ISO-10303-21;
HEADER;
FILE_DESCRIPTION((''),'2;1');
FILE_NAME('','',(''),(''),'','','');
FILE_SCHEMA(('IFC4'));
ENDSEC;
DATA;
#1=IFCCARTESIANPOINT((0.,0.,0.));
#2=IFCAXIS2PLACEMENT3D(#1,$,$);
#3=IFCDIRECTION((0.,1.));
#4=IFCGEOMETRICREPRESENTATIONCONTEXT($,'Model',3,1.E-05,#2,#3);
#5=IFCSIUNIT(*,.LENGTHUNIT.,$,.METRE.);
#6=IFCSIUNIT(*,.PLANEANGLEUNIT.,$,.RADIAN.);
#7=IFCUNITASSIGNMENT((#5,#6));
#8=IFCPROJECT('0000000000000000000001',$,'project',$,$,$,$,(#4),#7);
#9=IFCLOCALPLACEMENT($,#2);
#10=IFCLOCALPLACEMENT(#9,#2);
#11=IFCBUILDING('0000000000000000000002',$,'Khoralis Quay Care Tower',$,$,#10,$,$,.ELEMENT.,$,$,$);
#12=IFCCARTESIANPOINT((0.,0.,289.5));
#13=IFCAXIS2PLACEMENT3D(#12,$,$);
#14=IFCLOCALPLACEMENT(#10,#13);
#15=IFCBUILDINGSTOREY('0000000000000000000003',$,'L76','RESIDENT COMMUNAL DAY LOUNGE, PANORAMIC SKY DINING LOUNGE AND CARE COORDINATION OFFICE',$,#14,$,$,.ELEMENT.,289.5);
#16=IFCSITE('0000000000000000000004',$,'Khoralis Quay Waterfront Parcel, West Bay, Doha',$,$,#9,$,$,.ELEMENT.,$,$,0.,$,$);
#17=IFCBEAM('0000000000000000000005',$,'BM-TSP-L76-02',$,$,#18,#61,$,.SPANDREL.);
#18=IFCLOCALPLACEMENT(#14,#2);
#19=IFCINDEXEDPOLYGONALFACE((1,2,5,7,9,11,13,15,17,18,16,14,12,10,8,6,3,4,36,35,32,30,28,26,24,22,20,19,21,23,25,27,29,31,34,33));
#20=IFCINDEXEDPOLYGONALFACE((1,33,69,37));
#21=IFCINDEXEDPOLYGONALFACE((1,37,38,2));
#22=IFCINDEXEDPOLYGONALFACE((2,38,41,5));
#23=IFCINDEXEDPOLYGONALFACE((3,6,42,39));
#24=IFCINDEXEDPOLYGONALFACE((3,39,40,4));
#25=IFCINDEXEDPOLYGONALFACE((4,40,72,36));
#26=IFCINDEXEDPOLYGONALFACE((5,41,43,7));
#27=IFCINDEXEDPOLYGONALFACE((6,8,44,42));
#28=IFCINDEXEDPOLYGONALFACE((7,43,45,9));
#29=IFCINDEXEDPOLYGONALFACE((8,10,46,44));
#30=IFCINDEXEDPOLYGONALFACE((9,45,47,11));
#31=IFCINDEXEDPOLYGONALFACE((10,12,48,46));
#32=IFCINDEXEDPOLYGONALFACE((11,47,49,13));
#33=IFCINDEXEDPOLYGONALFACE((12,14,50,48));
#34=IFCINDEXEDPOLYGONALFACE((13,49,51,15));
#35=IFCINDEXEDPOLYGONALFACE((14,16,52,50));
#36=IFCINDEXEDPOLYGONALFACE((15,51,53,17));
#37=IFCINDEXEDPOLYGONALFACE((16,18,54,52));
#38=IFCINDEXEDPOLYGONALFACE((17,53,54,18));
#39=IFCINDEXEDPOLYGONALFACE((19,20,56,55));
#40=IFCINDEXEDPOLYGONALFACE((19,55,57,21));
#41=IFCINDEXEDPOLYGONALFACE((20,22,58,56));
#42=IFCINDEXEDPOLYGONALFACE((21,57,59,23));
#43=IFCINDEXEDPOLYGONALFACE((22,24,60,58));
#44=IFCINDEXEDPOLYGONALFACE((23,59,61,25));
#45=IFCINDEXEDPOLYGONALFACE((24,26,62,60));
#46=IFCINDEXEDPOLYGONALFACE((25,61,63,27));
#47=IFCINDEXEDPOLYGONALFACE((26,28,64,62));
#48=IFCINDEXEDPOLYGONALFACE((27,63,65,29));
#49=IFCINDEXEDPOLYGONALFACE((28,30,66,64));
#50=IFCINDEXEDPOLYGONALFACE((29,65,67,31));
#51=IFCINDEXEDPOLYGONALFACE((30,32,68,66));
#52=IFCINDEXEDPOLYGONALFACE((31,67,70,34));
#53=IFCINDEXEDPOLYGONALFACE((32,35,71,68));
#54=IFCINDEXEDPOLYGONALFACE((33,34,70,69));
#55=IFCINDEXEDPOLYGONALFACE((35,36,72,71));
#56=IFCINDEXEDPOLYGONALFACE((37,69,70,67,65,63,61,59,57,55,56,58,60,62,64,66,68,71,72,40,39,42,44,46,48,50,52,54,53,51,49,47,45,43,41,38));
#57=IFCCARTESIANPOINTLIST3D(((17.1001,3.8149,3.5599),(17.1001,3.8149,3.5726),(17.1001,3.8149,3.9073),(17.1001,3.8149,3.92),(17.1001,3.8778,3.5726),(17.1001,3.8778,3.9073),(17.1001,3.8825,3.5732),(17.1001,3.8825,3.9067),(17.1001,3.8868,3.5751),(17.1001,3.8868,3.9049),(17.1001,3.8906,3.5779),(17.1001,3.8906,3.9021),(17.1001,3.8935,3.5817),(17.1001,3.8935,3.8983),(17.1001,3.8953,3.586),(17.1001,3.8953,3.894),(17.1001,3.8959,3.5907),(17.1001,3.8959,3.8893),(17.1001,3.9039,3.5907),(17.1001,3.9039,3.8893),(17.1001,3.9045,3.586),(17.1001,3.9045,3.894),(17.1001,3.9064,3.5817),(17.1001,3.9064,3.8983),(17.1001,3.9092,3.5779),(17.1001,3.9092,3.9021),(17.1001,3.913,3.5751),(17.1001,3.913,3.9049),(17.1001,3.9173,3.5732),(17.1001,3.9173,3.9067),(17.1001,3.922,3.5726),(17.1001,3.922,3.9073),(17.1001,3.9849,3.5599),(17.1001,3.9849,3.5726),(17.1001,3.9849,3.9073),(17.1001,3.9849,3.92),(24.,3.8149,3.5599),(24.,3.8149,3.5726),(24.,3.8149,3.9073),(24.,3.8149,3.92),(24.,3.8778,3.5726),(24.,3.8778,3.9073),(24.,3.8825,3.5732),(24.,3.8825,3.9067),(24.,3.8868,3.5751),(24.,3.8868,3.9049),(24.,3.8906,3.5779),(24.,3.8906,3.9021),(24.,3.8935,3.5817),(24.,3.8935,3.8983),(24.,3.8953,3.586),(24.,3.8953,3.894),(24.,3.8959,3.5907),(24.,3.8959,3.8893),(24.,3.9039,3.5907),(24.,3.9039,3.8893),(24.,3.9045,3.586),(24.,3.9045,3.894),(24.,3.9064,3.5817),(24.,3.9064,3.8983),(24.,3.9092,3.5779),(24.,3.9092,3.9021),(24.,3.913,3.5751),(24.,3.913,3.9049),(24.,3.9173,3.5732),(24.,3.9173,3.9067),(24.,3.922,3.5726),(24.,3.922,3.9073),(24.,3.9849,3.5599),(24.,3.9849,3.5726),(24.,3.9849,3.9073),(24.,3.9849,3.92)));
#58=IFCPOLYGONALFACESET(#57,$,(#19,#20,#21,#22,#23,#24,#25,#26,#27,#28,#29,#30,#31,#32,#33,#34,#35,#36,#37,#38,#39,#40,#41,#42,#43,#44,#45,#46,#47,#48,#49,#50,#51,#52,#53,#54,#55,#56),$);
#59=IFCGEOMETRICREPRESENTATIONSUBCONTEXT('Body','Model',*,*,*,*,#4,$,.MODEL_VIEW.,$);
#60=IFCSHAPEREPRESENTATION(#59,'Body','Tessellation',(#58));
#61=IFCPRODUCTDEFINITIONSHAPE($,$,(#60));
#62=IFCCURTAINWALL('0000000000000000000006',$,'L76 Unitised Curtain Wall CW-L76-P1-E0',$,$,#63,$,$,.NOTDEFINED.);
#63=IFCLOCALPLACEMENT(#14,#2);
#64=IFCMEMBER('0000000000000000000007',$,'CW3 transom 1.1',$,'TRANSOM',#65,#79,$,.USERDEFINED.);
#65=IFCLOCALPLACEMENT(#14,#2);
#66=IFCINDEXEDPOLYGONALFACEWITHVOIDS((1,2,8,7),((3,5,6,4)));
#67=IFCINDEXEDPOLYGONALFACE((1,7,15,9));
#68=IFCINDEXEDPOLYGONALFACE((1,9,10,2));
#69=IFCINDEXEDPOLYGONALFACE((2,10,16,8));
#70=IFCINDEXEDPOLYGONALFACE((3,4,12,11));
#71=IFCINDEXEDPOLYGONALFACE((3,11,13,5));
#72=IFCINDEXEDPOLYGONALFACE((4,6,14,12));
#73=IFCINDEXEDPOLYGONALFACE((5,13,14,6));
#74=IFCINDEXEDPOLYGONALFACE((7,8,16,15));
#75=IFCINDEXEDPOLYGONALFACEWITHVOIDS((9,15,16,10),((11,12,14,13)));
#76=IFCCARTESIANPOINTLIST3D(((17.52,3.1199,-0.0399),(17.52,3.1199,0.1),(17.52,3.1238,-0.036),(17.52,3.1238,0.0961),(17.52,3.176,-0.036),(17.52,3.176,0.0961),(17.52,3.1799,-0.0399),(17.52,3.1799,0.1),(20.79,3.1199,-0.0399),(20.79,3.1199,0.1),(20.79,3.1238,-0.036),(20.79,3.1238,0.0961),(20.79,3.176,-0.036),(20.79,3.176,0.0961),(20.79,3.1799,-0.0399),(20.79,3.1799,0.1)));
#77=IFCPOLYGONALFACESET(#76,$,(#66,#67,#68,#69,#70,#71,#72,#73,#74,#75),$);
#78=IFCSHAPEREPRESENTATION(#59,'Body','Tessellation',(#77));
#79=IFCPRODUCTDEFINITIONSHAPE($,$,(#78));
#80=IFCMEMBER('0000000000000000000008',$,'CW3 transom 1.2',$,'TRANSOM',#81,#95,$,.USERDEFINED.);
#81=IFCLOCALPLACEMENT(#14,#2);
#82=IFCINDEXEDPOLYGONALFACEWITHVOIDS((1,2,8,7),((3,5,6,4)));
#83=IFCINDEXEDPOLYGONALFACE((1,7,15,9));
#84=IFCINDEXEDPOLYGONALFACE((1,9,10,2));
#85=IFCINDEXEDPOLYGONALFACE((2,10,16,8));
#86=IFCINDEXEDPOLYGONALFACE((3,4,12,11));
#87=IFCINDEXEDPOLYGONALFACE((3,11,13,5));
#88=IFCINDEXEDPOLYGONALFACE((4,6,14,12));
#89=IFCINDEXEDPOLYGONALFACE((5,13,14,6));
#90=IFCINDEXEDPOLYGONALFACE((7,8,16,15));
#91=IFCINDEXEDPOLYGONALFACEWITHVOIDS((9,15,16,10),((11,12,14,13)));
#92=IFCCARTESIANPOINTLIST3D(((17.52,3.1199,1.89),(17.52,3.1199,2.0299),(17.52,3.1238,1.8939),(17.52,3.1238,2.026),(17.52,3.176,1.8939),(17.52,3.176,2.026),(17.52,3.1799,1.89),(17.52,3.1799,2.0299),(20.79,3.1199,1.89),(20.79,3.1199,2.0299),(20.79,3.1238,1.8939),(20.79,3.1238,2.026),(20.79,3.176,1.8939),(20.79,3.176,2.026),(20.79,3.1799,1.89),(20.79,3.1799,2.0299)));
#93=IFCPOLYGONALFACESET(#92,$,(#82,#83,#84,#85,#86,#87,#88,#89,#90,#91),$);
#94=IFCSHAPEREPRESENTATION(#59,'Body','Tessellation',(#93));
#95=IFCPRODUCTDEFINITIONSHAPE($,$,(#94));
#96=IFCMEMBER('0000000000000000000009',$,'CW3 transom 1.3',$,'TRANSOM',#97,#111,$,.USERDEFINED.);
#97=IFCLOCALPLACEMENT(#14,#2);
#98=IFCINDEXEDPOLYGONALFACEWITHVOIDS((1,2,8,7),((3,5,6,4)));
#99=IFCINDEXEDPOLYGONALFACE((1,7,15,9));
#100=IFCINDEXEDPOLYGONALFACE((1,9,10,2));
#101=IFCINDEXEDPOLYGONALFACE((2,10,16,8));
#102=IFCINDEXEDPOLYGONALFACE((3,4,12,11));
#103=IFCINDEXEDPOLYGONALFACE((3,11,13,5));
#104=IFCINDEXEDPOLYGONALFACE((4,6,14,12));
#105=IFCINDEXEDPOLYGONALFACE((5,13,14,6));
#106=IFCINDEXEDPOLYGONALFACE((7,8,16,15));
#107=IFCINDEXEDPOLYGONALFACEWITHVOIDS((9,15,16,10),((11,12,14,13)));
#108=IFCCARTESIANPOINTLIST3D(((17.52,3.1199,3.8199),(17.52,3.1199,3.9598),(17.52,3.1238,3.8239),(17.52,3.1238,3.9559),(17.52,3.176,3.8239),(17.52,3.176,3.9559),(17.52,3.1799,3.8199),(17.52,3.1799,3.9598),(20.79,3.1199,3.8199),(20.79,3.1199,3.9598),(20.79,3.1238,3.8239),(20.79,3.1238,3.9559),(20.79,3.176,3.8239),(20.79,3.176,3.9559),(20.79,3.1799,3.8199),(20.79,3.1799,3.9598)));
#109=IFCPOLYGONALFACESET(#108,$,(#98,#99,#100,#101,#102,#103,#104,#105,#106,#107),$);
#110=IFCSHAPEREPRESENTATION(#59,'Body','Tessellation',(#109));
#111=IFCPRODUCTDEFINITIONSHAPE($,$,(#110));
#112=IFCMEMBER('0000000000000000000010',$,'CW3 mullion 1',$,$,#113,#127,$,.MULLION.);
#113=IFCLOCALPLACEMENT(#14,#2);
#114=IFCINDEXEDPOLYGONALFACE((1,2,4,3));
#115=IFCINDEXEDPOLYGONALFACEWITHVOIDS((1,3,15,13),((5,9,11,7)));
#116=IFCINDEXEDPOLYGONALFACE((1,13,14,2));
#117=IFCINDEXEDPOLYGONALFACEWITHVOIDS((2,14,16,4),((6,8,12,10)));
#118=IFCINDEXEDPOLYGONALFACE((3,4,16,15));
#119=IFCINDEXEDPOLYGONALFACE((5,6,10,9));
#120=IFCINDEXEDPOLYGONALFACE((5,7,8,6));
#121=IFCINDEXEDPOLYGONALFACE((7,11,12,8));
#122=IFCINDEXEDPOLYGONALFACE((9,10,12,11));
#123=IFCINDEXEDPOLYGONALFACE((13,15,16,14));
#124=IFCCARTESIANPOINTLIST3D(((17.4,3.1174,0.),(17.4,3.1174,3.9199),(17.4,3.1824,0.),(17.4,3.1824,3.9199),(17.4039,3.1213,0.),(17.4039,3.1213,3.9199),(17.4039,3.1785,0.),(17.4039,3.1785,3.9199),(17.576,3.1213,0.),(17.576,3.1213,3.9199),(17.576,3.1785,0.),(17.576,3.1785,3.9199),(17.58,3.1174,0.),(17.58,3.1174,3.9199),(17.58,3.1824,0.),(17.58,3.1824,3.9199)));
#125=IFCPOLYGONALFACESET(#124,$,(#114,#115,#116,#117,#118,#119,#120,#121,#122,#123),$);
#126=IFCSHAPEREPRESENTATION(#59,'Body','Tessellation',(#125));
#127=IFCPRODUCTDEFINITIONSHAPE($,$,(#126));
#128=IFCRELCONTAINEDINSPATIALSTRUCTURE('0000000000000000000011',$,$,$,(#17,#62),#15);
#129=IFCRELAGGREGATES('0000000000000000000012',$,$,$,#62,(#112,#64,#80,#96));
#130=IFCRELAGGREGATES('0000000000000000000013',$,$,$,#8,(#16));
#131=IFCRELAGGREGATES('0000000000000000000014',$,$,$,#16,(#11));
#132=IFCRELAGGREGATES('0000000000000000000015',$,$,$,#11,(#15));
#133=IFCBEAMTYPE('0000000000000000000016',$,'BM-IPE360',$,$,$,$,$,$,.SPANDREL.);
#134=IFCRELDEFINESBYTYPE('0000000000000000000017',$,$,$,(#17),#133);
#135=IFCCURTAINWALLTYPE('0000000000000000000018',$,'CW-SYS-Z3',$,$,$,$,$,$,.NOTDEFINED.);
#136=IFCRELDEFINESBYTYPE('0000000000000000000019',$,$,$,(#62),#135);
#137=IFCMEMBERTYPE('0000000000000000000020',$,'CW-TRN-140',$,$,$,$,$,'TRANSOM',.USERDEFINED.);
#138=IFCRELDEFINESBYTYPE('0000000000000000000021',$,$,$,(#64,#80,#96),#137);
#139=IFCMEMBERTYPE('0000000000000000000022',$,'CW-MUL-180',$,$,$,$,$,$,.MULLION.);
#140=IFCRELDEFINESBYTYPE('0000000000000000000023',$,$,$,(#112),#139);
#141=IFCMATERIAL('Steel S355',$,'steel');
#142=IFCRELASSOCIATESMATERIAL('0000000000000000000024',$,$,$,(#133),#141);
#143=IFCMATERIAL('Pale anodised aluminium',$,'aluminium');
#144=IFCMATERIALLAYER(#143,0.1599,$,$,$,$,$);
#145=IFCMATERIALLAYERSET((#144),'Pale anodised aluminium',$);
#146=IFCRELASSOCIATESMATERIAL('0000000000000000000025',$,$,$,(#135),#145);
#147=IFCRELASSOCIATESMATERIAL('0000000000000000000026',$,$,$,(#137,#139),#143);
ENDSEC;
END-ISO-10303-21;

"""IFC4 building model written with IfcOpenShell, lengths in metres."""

from ifc_helpers import new_model, si_unit, direction, frame, origin, origin_2d, place, context, subcontext, project, spatial, hollow_rectangle, i_section, extrude, source, transform, mapped, material, layer, layer_set, material_profile, profile_set, type_object, element, aggregate, save


model = new_model("IFC4")

# Units and contexts
model_context = context("Model", 3, precision=1e-05, world=origin(), true_north=direction((0.0, 1.0)))
body_context = subcontext(model_context, "Body", "Model", "MODEL_VIEW")
ifc_project = project(units=[si_unit("LENGTHUNIT", "METRE"), si_unit("PLANEANGLEUNIT", "RADIAN")], contexts=[model_context])

# Site, building, storey
site_placement = place(None, origin())
site = spatial("IfcSite", under=ifc_project, at=site_placement, Name="Khoralis Quay Waterfront Parcel, West Bay, Doha", CompositionType="ELEMENT", RefElevation=0.0)
building_placement = place(site_placement, origin())
building = spatial("IfcBuilding", under=site, at=building_placement, Name="Khoralis Quay Care Tower", CompositionType="ELEMENT")
storey_placement = place(building_placement, frame((0.0, 0.0, 289.5)))
storey = spatial("IfcBuildingStorey", under=building, at=storey_placement, Name="L76", Description="RESIDENT COMMUNAL DAY LOUNGE, PANORAMIC SKY DINING LOUNGE AND CARE COORDINATION OFFICE", CompositionType="ELEMENT", Elevation=289.5)

# Beam
ifc_material_1 = material(Name="Steel S355", Category="steel")
ifc_material_profile_1 = material_profile(ifc_material_1, i_section(OverallWidth=0.1699, OverallDepth=0.3601, WebThickness=0.0081, FlangeThickness=0.0127, FilletRadius=0.0181, at=origin_2d()), Name="Steel S355")
ifc_profile_set_1 = profile_set([ifc_material_profile_1], Name="Steel S355")
beam_type_1 = type_object("IfcBeamType", Name="BM-IPE360", PredefinedType="SPANDREL", material=ifc_profile_set_1)
shared_shape_1 = source(origin(), body_context, "Body", "SweptSolid", [
    extrude(i_section(OverallWidth=0.1699, OverallDepth=0.3601, WebThickness=0.0081, FlangeThickness=0.0127, FilletRadius=0.0181, at=origin_2d()), origin(), (0.0, 0.0, 1.0), 6.8999),
])
beam_1_placement = place(storey_placement, frame((17.1001, 3.8999, 3.74), z_axis=(1.0, 0.0, 0.0), x_axis=(0.0, 1.0, 0.0)))
element("IfcBeam", 1, at=beam_1_placement, inside=storey, type_object=beam_type_1, Name="BM-TSP-L76-02", PredefinedType="SPANDREL", context=body_context, shape_type="MappedRepresentation", body=[
    mapped(shared_shape_1, transform((0.0, 0.0, 0.0), scale=1.0)),
])

# Curtain wall, members
ifc_material_2 = material(Name="Pale anodised aluminium", Category="aluminium")
ifc_layer_1 = layer(ifc_material_2, 0.1599)
ifc_layer_set_1 = layer_set([ifc_layer_1], Name="Pale anodised aluminium")
curtain_wall_type = type_object("IfcCurtainWallType", Name="CW-SYS-Z3", PredefinedType="NOTDEFINED", material=ifc_layer_set_1)
curtain_wall_placement = place(storey_placement, origin())
curtain_wall = element("IfcCurtainWall", 2, at=curtain_wall_placement, inside=storey, type_object=curtain_wall_type, Name="L76 Unitised Curtain Wall CW-L76-P1-E0", PredefinedType="NOTDEFINED")
ifc_material_profile_2 = material_profile(ifc_material_2, hollow_rectangle(XDim=0.0601, YDim=0.1399, WallThickness=0.0039, at=origin_2d()), Name="Pale anodised aluminium")
ifc_profile_set_2 = profile_set([ifc_material_profile_2], Name="Pale anodised aluminium")
member_type_1 = type_object("IfcMemberType", Name="CW-TRN-140", ElementType="TRANSOM", PredefinedType="USERDEFINED", material=ifc_profile_set_2)
shared_shape_2 = source(origin(), body_context, "Body", "SweptSolid", [
    extrude(hollow_rectangle(XDim=0.0601, YDim=0.1399, WallThickness=0.0039, at=origin_2d()), origin(), (0.0, 0.0, 1.0), 3.27),
])
member_1_placement = place(storey_placement, frame((17.52, 3.1499, 0.03), z_axis=(1.0, 0.0, 0.0), x_axis=(0.0, 1.0, 0.0)))
member_1 = element("IfcMember", 3, at=member_1_placement, type_object=member_type_1, Name="CW3 transom 1.1", ObjectType="TRANSOM", PredefinedType="USERDEFINED", context=body_context, shape_type="MappedRepresentation", body=[
    mapped(shared_shape_2, transform((0.0, 0.0, 0.0), scale=1.0)),
])
member_2_placement = place(storey_placement, frame((17.52, 3.1499, 1.96), z_axis=(1.0, 0.0, 0.0), x_axis=(0.0, 1.0, 0.0)))
member_2 = element("IfcMember", 4, at=member_2_placement, type_object=member_type_1, Name="CW3 transom 1.2", ObjectType="TRANSOM", PredefinedType="USERDEFINED", context=body_context, shape_type="MappedRepresentation", body=[
    mapped(shared_shape_2, transform((0.0, 0.0, 0.0), scale=1.0)),
])
member_3_placement = place(storey_placement, frame((17.52, 3.1499, 3.8899), z_axis=(1.0, 0.0, 0.0), x_axis=(0.0, 1.0, 0.0)))
member_3 = element("IfcMember", 5, at=member_3_placement, type_object=member_type_1, Name="CW3 transom 1.3", ObjectType="TRANSOM", PredefinedType="USERDEFINED", context=body_context, shape_type="MappedRepresentation", body=[
    mapped(shared_shape_2, transform((0.0, 0.0, 0.0), scale=1.0)),
])
ifc_material_profile_3 = material_profile(ifc_material_2, hollow_rectangle(XDim=0.0649, YDim=0.1799, WallThickness=0.0039, at=origin_2d()), Name="Pale anodised aluminium")
ifc_profile_set_3 = profile_set([ifc_material_profile_3], Name="Pale anodised aluminium")
member_type_2 = type_object("IfcMemberType", Name="CW-MUL-180", PredefinedType="MULLION", material=ifc_profile_set_3)
shared_shape_3 = source(origin(), body_context, "Body", "SweptSolid", [
    extrude(hollow_rectangle(XDim=0.0649, YDim=0.1799, WallThickness=0.0039, at=origin_2d()), origin(), (0.0, 0.0, 1.0), 3.9199),
])
member_4_placement = place(storey_placement, frame((17.49, 3.1499, 0.0), z_axis=(0.0, 0.0, 1.0), x_axis=(0.0, 1.0, 0.0)))
member_4 = element("IfcMember", 6, at=member_4_placement, type_object=member_type_2, Name="CW3 mullion 1", PredefinedType="MULLION", context=body_context, shape_type="MappedRepresentation", body=[
    mapped(shared_shape_3, transform((0.0, 0.0, 0.0), scale=1.0)),
])
aggregate(curtain_wall, [member_4, member_1, member_2, member_3])

save(model, "model.ifc")
